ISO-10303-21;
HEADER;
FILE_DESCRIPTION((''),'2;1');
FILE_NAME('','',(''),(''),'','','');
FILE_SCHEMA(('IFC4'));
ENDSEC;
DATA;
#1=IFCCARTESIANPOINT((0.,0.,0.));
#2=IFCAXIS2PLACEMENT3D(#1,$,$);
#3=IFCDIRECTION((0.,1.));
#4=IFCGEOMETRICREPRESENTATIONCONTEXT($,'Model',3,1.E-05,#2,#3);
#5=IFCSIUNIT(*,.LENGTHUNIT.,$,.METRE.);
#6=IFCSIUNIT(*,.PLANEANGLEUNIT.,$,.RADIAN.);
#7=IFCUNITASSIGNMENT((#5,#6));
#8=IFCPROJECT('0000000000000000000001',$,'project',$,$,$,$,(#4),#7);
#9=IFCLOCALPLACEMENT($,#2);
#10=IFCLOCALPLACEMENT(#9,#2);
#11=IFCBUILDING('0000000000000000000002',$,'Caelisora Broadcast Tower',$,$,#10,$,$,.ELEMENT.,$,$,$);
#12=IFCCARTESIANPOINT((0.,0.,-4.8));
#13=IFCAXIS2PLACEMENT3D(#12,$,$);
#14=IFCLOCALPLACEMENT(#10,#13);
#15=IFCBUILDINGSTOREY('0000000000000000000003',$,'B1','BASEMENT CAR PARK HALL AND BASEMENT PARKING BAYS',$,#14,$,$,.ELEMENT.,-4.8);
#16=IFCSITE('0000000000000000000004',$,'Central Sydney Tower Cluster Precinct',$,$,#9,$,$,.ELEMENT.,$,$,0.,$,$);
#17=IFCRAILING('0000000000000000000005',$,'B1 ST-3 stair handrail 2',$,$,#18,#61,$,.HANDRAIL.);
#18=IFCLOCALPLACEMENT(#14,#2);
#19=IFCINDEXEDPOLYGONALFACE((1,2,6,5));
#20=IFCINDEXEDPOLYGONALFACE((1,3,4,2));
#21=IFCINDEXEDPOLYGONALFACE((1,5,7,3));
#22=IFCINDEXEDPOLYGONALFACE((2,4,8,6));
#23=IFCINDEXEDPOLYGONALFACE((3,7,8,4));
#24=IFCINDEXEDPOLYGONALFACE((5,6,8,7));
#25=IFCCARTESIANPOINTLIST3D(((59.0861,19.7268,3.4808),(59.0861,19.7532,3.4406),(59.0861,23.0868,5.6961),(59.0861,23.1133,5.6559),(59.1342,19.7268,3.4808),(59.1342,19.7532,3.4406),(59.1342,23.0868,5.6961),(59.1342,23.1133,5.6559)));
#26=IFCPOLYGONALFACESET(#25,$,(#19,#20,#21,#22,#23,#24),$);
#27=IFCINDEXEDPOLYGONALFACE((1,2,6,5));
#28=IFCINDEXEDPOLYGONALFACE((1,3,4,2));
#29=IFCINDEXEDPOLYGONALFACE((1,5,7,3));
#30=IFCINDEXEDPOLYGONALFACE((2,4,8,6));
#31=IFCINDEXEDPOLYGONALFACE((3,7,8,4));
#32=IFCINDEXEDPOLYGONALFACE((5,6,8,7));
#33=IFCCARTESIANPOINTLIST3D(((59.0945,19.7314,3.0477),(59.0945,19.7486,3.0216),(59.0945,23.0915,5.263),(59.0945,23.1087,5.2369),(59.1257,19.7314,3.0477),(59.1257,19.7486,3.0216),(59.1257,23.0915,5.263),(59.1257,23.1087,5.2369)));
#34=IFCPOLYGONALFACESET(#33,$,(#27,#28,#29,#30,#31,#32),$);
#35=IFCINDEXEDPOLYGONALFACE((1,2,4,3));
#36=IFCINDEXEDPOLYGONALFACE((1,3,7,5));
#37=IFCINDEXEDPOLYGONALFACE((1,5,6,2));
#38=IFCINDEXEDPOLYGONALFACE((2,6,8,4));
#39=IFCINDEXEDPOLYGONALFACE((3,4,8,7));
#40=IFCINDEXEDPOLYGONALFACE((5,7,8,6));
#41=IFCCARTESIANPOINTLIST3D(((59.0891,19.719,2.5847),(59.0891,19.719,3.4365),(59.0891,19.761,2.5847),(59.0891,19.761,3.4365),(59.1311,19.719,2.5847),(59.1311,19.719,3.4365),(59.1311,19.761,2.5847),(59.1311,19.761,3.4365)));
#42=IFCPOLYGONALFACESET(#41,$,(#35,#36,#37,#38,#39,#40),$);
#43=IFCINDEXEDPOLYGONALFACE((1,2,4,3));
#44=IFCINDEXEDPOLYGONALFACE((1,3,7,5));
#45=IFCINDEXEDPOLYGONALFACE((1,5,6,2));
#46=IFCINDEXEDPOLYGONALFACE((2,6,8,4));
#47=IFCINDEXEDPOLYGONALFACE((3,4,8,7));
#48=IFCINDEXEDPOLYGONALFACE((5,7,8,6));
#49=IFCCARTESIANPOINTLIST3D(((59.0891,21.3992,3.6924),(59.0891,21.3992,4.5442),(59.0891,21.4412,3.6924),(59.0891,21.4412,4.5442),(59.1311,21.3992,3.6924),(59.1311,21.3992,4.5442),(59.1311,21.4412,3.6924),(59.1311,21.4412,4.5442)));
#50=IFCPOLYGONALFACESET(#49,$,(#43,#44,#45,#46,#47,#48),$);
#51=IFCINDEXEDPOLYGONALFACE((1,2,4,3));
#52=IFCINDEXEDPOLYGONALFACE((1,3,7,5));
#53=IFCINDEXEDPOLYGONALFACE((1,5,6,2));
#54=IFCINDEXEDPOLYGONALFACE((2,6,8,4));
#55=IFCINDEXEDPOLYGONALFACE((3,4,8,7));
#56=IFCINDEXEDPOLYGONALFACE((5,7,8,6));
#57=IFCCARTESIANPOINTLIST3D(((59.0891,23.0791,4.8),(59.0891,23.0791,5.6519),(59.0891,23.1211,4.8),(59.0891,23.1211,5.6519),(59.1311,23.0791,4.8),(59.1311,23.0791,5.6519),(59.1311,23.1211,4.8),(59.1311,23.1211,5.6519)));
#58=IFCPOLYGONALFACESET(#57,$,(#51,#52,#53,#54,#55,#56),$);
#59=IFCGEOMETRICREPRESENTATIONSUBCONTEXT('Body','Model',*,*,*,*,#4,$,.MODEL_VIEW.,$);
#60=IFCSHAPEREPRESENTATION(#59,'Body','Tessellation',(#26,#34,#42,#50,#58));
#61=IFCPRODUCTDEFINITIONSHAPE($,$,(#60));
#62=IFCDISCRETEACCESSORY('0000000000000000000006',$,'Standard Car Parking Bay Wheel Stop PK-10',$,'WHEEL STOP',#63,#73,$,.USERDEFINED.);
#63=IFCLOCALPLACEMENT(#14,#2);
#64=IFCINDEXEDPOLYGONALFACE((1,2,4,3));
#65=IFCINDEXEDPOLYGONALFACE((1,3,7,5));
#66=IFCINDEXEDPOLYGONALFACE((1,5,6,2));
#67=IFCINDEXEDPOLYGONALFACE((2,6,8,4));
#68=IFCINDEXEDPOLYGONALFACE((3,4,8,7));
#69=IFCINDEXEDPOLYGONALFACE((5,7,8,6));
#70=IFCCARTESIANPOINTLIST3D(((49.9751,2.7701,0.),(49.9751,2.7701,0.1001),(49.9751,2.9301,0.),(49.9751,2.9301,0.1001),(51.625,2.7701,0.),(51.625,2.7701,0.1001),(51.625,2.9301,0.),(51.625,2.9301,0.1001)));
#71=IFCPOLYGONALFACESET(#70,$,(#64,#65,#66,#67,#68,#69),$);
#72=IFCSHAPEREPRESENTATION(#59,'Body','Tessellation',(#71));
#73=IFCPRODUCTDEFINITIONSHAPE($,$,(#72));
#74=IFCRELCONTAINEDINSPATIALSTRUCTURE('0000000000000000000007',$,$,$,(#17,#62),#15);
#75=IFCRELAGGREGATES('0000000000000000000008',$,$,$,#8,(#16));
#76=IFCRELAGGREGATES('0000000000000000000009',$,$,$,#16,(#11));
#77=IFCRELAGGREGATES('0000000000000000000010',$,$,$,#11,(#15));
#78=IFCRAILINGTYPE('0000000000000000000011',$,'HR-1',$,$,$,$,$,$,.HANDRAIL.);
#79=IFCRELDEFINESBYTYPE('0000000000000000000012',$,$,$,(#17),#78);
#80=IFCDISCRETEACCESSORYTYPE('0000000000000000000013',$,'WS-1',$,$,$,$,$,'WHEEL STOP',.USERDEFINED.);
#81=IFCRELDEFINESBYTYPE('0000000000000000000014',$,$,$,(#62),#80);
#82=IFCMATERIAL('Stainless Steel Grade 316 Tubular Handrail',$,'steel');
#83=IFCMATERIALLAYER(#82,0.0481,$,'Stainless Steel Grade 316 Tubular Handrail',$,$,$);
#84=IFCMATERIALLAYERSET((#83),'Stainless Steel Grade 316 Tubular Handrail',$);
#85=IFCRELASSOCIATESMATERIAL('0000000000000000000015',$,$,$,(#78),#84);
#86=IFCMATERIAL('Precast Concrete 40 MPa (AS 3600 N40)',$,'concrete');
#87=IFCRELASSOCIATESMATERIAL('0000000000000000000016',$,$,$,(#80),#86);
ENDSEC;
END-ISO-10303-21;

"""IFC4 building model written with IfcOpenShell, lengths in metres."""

from ifc_helpers import new_model, si_unit, direction, frame, origin, origin_2d, place, context, subcontext, project, spatial, rectangle, extrude, source, transform, mapped, material, layer, layer_set, type_object, type_shapes, element, save


model = new_model("IFC4")

# Units and contexts
model_context = context("Model", 3, precision=1e-05, world=origin(), true_north=direction((0.0, 1.0)))
body_context = subcontext(model_context, "Body", "Model", "MODEL_VIEW")
ifc_project = project(units=[si_unit("LENGTHUNIT", "METRE"), si_unit("PLANEANGLEUNIT", "RADIAN")], contexts=[model_context])

# Site, building, storey
site_placement = place(None, origin())
site = spatial("IfcSite", under=ifc_project, at=site_placement, Name="Central Sydney Tower Cluster Precinct", CompositionType="ELEMENT", RefElevation=0.0)
building_placement = place(site_placement, origin())
building = spatial("IfcBuilding", under=site, at=building_placement, Name="Caelisora Broadcast Tower", CompositionType="ELEMENT")
storey_placement = place(building_placement, frame((0.0, 0.0, -4.8)))
storey = spatial("IfcBuildingStorey", under=building, at=storey_placement, Name="B1", Description="BASEMENT CAR PARK HALL AND BASEMENT PARKING BAYS", CompositionType="ELEMENT", Elevation=-4.8)

# Railing
ifc_material_1 = material(Name="Stainless Steel Grade 316 Tubular Handrail", Category="steel")
ifc_layer_1 = layer(ifc_material_1, 0.0481, Name="Stainless Steel Grade 316 Tubular Handrail")
ifc_layer_set_1 = layer_set([ifc_layer_1], Name="Stainless Steel Grade 316 Tubular Handrail")
railing_type_1 = type_object("IfcRailingType", Name="HR-1", PredefinedType="HANDRAIL", material=ifc_layer_set_1)
railing_1_placement = place(storey_placement, frame((59.1101, 19.74, 2.5847)))
element("IfcRailing", 1, at=railing_1_placement, inside=storey, type_object=railing_type_1, Name="B1 ST-3 stair handrail 2", PredefinedType="HANDRAIL", context=body_context, shape_type="SweptSolid", body=[
    extrude(rectangle(XDim=0.0481, YDim=0.0481, at=origin_2d()), frame((0.0, 0.0, 0.876), z_axis=(0.0, 0.834876, 0.550437), x_axis=(-1.0, 0.0, 0.0)), (0.0, 0.0, 1.0), 4.0247),
    extrude(rectangle(XDim=0.0312, YDim=0.0312, at=origin_2d()), frame((0.0, 0.0, 0.45), z_axis=(0.0, 0.834876, 0.550437), x_axis=(-1.0, 0.0, 0.0)), (0.0, 0.0, 1.0), 4.0247),
    extrude(rectangle(XDim=0.042, YDim=0.042, at=origin_2d()), origin(), (0.0, 0.0, 1.0), 0.8518),
    extrude(rectangle(XDim=0.042, YDim=0.042, at=origin_2d()), frame((0.0, 1.6802, 1.1077)), (0.0, 0.0, 1.0), 0.8518),
    extrude(rectangle(XDim=0.042, YDim=0.042, at=origin_2d()), frame((0.0, 3.3601, 2.2153)), (0.0, 0.0, 1.0), 0.8518),
])

# Discrete accessory
ifc_material_2 = material(Name="Precast Concrete 40 MPa (AS 3600 N40)", Category="concrete")
discrete_accessory_type = type_object("IfcDiscreteAccessoryType", Name="WS-1", ElementType="WHEEL STOP", PredefinedType="USERDEFINED", material=ifc_material_2)
shared_shape_1 = source(origin(), body_context, "Body", "SweptSolid", [
    extrude(rectangle(XDim=1.6499, YDim=0.1599, at=origin_2d()), origin(), (0.0, 0.0, 1.0), 0.1001),
])
type_shapes(discrete_accessory_type, [shared_shape_1])
discrete_accessory_placement = place(storey_placement, frame((50.8, 2.8501, 0.0), z_axis=(0.0, 0.0, 1.0), x_axis=(1.0, 0.0, 0.0)))
element("IfcDiscreteAccessory", 2, at=discrete_accessory_placement, inside=storey, type_object=discrete_accessory_type, Name="Standard Car Parking Bay Wheel Stop PK-10", ObjectType="WHEEL STOP", PredefinedType="USERDEFINED", context=body_context, shape_type="MappedRepresentation", body=[
    mapped(shared_shape_1, transform((0.0, 0.0, 0.0), scale=1.0)),
])

save(model, "model.ifc")
